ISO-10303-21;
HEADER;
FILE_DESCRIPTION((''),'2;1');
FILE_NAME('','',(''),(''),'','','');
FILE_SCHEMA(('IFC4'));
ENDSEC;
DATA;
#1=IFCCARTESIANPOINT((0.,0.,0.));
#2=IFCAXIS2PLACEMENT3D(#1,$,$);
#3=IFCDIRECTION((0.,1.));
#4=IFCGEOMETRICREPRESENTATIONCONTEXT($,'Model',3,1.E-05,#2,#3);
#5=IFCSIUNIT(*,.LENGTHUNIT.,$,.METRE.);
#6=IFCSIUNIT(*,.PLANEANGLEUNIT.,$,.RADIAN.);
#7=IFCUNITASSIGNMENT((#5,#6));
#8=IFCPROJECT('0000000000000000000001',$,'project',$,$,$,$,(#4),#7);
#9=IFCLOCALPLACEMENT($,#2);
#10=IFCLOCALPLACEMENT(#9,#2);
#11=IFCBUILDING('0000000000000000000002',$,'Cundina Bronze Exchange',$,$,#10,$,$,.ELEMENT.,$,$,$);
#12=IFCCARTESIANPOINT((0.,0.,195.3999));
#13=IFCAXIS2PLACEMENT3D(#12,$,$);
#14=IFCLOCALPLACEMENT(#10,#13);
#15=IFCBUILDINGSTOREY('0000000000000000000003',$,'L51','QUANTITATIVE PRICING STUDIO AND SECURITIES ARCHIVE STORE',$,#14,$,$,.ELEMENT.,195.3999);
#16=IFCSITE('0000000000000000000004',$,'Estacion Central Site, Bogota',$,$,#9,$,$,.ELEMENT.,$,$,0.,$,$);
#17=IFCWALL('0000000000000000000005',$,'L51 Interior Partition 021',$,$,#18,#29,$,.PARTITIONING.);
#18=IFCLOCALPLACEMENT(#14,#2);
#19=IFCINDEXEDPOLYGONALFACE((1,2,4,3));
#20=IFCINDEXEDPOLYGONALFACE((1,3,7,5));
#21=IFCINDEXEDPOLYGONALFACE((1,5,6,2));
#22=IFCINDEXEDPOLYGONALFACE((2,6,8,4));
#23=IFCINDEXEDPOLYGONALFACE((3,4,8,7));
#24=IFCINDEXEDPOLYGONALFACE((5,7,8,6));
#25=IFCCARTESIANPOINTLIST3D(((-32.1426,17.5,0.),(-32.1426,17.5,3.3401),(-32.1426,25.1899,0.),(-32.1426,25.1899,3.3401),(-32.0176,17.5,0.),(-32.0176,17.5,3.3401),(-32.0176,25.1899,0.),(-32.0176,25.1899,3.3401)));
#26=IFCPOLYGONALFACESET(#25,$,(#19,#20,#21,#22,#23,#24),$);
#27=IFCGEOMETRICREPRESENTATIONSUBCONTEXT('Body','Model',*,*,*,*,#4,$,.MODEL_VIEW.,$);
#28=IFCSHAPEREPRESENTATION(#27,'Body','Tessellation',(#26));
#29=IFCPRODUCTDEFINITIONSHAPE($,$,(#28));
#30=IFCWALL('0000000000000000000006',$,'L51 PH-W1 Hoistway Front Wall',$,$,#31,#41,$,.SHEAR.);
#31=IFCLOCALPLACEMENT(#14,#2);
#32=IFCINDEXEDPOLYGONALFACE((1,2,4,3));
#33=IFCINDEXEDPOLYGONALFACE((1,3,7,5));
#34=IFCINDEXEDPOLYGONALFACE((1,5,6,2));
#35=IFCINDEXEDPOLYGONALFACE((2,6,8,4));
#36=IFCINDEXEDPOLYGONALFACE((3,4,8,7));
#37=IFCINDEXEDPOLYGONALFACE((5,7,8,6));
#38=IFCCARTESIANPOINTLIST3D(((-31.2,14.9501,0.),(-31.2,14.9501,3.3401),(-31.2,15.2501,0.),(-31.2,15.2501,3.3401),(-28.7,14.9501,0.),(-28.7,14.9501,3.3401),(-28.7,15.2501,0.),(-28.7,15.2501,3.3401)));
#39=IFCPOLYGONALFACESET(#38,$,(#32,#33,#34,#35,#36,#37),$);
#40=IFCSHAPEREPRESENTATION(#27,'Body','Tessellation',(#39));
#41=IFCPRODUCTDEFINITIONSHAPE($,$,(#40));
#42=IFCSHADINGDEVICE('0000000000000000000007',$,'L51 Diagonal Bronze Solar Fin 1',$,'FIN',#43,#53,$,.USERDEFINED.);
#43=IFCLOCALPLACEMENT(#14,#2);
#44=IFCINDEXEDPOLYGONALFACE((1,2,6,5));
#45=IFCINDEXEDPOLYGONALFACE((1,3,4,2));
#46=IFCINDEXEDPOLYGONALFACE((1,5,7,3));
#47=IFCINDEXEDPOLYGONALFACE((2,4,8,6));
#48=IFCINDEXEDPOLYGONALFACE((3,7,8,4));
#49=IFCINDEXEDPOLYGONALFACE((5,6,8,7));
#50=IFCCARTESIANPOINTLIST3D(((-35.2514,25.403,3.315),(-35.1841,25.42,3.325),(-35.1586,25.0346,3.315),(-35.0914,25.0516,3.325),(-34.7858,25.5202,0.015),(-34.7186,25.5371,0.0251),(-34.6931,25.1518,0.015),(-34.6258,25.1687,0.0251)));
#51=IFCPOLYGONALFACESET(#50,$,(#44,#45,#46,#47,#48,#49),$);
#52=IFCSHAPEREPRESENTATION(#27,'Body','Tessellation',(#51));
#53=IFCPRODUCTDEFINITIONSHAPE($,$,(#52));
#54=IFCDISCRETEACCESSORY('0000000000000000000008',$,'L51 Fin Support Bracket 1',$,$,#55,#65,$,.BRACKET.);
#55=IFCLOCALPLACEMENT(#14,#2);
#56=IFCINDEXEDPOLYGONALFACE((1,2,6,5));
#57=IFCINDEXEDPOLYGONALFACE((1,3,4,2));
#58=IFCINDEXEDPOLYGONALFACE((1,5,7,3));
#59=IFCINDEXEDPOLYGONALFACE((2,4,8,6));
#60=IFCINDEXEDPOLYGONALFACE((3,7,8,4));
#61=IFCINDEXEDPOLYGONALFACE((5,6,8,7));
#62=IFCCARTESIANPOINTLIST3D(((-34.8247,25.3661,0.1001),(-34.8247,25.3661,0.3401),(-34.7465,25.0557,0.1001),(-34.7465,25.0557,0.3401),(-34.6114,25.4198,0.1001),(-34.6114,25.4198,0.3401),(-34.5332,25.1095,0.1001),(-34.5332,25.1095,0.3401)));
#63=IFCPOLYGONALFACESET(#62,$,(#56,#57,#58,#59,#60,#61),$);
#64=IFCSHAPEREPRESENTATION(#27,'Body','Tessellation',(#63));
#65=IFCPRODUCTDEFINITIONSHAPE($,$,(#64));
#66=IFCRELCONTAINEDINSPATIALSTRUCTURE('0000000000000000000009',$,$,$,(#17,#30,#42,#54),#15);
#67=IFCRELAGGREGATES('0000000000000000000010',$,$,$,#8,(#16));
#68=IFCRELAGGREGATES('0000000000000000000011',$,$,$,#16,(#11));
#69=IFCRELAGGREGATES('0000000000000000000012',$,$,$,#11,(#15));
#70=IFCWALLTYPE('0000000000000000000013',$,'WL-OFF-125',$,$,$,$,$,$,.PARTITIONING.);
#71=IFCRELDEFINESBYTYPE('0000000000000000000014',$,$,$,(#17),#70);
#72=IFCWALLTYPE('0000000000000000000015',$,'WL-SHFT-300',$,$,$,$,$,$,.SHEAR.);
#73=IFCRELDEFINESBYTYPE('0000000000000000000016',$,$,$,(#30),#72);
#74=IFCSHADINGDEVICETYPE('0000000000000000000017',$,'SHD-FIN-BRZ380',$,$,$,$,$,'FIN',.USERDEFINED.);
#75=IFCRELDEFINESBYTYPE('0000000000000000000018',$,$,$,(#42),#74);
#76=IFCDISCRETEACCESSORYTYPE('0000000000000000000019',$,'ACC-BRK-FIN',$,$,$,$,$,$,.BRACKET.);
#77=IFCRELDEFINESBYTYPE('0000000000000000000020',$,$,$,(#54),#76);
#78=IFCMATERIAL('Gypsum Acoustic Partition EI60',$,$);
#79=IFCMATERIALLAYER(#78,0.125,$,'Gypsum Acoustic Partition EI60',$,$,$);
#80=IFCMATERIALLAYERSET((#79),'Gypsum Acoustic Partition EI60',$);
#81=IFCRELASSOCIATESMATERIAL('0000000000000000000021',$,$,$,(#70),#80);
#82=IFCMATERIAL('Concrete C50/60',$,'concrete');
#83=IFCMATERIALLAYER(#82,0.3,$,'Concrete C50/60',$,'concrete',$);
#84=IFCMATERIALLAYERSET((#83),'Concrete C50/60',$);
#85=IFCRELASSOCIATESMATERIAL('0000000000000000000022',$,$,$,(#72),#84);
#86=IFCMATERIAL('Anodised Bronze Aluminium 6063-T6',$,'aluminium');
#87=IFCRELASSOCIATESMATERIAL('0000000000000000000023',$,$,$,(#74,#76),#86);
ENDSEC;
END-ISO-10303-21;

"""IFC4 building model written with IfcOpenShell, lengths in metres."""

from ifc_helpers import new_model, si_unit, direction, frame, frame_2d, origin, origin_2d, place, context, subcontext, project, spatial, rectangle, extrude, material, layer, layer_set, material_profile, profile_set, type_object, element, save


model = new_model("IFC4")

# Units and contexts
model_context = context("Model", 3, precision=1e-05, world=origin(), true_north=direction((0.0, 1.0)))
body_context = subcontext(model_context, "Body", "Model", "MODEL_VIEW")
ifc_project = project(units=[si_unit("LENGTHUNIT", "METRE"), si_unit("PLANEANGLEUNIT", "RADIAN")], contexts=[model_context])

# Site, building, storey
site_placement = place(None, origin())
site = spatial("IfcSite", under=ifc_project, at=site_placement, Name="Estacion Central Site, Bogota", CompositionType="ELEMENT", RefElevation=0.0)
building_placement = place(site_placement, origin())
building = spatial("IfcBuilding", under=site, at=building_placement, Name="Cundina Bronze Exchange", CompositionType="ELEMENT")
storey_placement = place(building_placement, frame((0.0, 0.0, 195.3999)))
storey = spatial("IfcBuildingStorey", under=building, at=storey_placement, Name="L51", Description="QUANTITATIVE PRICING STUDIO AND SECURITIES ARCHIVE STORE", CompositionType="ELEMENT", Elevation=195.3999)

# Shared definitions
ifc_material_1 = material(Name="Concrete C50/60", Category="concrete")

# Shared definitions
ifc_material_2 = material(Name="Anodised Bronze Aluminium 6063-T6", Category="aluminium")

# Walls
ifc_material_3 = material(Name="Gypsum Acoustic Partition EI60")
ifc_layer_1 = layer(ifc_material_3, 0.125, Name="Gypsum Acoustic Partition EI60")
ifc_layer_set_1 = layer_set([ifc_layer_1], Name="Gypsum Acoustic Partition EI60")
wall_type_1 = type_object("IfcWallType", Name="WL-OFF-125", PredefinedType="PARTITIONING", material=ifc_layer_set_1)
wall_1_placement = place(storey_placement, frame((-32.0801, 17.5, 0.0), z_axis=(0.0, 0.0, 1.0), x_axis=(0.0, 1.0, 0.0)))
element("IfcWall", 1, at=wall_1_placement, inside=storey, type_object=wall_type_1, Name="L51 Interior Partition 021", PredefinedType="PARTITIONING", context=body_context, shape_type="SweptSolid", body=[
    extrude(rectangle(XDim=7.6899, YDim=0.125, at=frame_2d((3.845, 0.0))), origin(), (0.0, 0.0, 1.0), 3.3401),
])
ifc_layer_2 = layer(ifc_material_1, 0.3, Name="Concrete C50/60", Category="concrete")
ifc_layer_set_2 = layer_set([ifc_layer_2], Name="Concrete C50/60")
wall_type_2 = type_object("IfcWallType", Name="WL-SHFT-300", PredefinedType="SHEAR", material=ifc_layer_set_2)
wall_2_placement = place(storey_placement, frame((-31.2, 15.1001, 0.0), z_axis=(0.0, 0.0, 1.0), x_axis=(1.0, 0.0, 0.0)))
element("IfcWall", 2, at=wall_2_placement, inside=storey, type_object=wall_type_2, Name="L51 PH-W1 Hoistway Front Wall", PredefinedType="SHEAR", context=body_context, shape_type="SweptSolid", body=[
    extrude(rectangle(XDim=2.5, YDim=0.3, at=frame_2d((1.25, 0.0))), origin(), (0.0, 0.0, 1.0), 3.3401),
])

# Shading device
ifc_material_profile_1 = material_profile(ifc_material_2, rectangle(XDim=0.0701, YDim=0.3799, at=origin_2d()), Name="FIN70X380", Category="aluminium")
ifc_profile_set_1 = profile_set([ifc_material_profile_1], Name="Anodised Bronze Aluminium 6063-T6")
shading_device_type = type_object("IfcShadingDeviceType", Name="SHD-FIN-BRZ380", ElementType="FIN", PredefinedType="USERDEFINED", material=ifc_profile_set_1)
shading_device_placement = place(storey_placement, frame((-34.7058, 25.3445, 0.02), z_axis=(-0.139612, -0.035141, 0.989583), x_axis=(0.95965, 0.241548, 0.143967)))
element("IfcShadingDevice", 3, at=shading_device_placement, inside=storey, type_object=shading_device_type, Name="L51 Diagonal Bronze Solar Fin 1", ObjectType="FIN", PredefinedType="USERDEFINED", context=body_context, shape_type="SweptSolid", body=[
    extrude(rectangle(XDim=0.0701, YDim=0.3799, at=origin_2d()), origin(), (0.0, 0.0, 1.0), 3.3347),
])

# Discrete accessory
discrete_accessory_type = type_object("IfcDiscreteAccessoryType", Name="ACC-BRK-FIN", PredefinedType="BRACKET", material=ifc_material_2)
discrete_accessory_placement = place(storey_placement, frame((-34.679, 25.2378, 0.1001), z_axis=(0.0, 0.0, 1.0), x_axis=(-0.969732, -0.244174, 0.0)))
element("IfcDiscreteAccessory", 4, at=discrete_accessory_placement, inside=storey, type_object=discrete_accessory_type, Name="L51 Fin Support Bracket 1", PredefinedType="BRACKET", context=body_context, shape_type="SweptSolid", body=[
    extrude(rectangle(XDim=0.22, YDim=0.3201, at=origin_2d()), origin(), (0.0, 0.0, 1.0), 0.24),
])

save(model, "model.ifc")
